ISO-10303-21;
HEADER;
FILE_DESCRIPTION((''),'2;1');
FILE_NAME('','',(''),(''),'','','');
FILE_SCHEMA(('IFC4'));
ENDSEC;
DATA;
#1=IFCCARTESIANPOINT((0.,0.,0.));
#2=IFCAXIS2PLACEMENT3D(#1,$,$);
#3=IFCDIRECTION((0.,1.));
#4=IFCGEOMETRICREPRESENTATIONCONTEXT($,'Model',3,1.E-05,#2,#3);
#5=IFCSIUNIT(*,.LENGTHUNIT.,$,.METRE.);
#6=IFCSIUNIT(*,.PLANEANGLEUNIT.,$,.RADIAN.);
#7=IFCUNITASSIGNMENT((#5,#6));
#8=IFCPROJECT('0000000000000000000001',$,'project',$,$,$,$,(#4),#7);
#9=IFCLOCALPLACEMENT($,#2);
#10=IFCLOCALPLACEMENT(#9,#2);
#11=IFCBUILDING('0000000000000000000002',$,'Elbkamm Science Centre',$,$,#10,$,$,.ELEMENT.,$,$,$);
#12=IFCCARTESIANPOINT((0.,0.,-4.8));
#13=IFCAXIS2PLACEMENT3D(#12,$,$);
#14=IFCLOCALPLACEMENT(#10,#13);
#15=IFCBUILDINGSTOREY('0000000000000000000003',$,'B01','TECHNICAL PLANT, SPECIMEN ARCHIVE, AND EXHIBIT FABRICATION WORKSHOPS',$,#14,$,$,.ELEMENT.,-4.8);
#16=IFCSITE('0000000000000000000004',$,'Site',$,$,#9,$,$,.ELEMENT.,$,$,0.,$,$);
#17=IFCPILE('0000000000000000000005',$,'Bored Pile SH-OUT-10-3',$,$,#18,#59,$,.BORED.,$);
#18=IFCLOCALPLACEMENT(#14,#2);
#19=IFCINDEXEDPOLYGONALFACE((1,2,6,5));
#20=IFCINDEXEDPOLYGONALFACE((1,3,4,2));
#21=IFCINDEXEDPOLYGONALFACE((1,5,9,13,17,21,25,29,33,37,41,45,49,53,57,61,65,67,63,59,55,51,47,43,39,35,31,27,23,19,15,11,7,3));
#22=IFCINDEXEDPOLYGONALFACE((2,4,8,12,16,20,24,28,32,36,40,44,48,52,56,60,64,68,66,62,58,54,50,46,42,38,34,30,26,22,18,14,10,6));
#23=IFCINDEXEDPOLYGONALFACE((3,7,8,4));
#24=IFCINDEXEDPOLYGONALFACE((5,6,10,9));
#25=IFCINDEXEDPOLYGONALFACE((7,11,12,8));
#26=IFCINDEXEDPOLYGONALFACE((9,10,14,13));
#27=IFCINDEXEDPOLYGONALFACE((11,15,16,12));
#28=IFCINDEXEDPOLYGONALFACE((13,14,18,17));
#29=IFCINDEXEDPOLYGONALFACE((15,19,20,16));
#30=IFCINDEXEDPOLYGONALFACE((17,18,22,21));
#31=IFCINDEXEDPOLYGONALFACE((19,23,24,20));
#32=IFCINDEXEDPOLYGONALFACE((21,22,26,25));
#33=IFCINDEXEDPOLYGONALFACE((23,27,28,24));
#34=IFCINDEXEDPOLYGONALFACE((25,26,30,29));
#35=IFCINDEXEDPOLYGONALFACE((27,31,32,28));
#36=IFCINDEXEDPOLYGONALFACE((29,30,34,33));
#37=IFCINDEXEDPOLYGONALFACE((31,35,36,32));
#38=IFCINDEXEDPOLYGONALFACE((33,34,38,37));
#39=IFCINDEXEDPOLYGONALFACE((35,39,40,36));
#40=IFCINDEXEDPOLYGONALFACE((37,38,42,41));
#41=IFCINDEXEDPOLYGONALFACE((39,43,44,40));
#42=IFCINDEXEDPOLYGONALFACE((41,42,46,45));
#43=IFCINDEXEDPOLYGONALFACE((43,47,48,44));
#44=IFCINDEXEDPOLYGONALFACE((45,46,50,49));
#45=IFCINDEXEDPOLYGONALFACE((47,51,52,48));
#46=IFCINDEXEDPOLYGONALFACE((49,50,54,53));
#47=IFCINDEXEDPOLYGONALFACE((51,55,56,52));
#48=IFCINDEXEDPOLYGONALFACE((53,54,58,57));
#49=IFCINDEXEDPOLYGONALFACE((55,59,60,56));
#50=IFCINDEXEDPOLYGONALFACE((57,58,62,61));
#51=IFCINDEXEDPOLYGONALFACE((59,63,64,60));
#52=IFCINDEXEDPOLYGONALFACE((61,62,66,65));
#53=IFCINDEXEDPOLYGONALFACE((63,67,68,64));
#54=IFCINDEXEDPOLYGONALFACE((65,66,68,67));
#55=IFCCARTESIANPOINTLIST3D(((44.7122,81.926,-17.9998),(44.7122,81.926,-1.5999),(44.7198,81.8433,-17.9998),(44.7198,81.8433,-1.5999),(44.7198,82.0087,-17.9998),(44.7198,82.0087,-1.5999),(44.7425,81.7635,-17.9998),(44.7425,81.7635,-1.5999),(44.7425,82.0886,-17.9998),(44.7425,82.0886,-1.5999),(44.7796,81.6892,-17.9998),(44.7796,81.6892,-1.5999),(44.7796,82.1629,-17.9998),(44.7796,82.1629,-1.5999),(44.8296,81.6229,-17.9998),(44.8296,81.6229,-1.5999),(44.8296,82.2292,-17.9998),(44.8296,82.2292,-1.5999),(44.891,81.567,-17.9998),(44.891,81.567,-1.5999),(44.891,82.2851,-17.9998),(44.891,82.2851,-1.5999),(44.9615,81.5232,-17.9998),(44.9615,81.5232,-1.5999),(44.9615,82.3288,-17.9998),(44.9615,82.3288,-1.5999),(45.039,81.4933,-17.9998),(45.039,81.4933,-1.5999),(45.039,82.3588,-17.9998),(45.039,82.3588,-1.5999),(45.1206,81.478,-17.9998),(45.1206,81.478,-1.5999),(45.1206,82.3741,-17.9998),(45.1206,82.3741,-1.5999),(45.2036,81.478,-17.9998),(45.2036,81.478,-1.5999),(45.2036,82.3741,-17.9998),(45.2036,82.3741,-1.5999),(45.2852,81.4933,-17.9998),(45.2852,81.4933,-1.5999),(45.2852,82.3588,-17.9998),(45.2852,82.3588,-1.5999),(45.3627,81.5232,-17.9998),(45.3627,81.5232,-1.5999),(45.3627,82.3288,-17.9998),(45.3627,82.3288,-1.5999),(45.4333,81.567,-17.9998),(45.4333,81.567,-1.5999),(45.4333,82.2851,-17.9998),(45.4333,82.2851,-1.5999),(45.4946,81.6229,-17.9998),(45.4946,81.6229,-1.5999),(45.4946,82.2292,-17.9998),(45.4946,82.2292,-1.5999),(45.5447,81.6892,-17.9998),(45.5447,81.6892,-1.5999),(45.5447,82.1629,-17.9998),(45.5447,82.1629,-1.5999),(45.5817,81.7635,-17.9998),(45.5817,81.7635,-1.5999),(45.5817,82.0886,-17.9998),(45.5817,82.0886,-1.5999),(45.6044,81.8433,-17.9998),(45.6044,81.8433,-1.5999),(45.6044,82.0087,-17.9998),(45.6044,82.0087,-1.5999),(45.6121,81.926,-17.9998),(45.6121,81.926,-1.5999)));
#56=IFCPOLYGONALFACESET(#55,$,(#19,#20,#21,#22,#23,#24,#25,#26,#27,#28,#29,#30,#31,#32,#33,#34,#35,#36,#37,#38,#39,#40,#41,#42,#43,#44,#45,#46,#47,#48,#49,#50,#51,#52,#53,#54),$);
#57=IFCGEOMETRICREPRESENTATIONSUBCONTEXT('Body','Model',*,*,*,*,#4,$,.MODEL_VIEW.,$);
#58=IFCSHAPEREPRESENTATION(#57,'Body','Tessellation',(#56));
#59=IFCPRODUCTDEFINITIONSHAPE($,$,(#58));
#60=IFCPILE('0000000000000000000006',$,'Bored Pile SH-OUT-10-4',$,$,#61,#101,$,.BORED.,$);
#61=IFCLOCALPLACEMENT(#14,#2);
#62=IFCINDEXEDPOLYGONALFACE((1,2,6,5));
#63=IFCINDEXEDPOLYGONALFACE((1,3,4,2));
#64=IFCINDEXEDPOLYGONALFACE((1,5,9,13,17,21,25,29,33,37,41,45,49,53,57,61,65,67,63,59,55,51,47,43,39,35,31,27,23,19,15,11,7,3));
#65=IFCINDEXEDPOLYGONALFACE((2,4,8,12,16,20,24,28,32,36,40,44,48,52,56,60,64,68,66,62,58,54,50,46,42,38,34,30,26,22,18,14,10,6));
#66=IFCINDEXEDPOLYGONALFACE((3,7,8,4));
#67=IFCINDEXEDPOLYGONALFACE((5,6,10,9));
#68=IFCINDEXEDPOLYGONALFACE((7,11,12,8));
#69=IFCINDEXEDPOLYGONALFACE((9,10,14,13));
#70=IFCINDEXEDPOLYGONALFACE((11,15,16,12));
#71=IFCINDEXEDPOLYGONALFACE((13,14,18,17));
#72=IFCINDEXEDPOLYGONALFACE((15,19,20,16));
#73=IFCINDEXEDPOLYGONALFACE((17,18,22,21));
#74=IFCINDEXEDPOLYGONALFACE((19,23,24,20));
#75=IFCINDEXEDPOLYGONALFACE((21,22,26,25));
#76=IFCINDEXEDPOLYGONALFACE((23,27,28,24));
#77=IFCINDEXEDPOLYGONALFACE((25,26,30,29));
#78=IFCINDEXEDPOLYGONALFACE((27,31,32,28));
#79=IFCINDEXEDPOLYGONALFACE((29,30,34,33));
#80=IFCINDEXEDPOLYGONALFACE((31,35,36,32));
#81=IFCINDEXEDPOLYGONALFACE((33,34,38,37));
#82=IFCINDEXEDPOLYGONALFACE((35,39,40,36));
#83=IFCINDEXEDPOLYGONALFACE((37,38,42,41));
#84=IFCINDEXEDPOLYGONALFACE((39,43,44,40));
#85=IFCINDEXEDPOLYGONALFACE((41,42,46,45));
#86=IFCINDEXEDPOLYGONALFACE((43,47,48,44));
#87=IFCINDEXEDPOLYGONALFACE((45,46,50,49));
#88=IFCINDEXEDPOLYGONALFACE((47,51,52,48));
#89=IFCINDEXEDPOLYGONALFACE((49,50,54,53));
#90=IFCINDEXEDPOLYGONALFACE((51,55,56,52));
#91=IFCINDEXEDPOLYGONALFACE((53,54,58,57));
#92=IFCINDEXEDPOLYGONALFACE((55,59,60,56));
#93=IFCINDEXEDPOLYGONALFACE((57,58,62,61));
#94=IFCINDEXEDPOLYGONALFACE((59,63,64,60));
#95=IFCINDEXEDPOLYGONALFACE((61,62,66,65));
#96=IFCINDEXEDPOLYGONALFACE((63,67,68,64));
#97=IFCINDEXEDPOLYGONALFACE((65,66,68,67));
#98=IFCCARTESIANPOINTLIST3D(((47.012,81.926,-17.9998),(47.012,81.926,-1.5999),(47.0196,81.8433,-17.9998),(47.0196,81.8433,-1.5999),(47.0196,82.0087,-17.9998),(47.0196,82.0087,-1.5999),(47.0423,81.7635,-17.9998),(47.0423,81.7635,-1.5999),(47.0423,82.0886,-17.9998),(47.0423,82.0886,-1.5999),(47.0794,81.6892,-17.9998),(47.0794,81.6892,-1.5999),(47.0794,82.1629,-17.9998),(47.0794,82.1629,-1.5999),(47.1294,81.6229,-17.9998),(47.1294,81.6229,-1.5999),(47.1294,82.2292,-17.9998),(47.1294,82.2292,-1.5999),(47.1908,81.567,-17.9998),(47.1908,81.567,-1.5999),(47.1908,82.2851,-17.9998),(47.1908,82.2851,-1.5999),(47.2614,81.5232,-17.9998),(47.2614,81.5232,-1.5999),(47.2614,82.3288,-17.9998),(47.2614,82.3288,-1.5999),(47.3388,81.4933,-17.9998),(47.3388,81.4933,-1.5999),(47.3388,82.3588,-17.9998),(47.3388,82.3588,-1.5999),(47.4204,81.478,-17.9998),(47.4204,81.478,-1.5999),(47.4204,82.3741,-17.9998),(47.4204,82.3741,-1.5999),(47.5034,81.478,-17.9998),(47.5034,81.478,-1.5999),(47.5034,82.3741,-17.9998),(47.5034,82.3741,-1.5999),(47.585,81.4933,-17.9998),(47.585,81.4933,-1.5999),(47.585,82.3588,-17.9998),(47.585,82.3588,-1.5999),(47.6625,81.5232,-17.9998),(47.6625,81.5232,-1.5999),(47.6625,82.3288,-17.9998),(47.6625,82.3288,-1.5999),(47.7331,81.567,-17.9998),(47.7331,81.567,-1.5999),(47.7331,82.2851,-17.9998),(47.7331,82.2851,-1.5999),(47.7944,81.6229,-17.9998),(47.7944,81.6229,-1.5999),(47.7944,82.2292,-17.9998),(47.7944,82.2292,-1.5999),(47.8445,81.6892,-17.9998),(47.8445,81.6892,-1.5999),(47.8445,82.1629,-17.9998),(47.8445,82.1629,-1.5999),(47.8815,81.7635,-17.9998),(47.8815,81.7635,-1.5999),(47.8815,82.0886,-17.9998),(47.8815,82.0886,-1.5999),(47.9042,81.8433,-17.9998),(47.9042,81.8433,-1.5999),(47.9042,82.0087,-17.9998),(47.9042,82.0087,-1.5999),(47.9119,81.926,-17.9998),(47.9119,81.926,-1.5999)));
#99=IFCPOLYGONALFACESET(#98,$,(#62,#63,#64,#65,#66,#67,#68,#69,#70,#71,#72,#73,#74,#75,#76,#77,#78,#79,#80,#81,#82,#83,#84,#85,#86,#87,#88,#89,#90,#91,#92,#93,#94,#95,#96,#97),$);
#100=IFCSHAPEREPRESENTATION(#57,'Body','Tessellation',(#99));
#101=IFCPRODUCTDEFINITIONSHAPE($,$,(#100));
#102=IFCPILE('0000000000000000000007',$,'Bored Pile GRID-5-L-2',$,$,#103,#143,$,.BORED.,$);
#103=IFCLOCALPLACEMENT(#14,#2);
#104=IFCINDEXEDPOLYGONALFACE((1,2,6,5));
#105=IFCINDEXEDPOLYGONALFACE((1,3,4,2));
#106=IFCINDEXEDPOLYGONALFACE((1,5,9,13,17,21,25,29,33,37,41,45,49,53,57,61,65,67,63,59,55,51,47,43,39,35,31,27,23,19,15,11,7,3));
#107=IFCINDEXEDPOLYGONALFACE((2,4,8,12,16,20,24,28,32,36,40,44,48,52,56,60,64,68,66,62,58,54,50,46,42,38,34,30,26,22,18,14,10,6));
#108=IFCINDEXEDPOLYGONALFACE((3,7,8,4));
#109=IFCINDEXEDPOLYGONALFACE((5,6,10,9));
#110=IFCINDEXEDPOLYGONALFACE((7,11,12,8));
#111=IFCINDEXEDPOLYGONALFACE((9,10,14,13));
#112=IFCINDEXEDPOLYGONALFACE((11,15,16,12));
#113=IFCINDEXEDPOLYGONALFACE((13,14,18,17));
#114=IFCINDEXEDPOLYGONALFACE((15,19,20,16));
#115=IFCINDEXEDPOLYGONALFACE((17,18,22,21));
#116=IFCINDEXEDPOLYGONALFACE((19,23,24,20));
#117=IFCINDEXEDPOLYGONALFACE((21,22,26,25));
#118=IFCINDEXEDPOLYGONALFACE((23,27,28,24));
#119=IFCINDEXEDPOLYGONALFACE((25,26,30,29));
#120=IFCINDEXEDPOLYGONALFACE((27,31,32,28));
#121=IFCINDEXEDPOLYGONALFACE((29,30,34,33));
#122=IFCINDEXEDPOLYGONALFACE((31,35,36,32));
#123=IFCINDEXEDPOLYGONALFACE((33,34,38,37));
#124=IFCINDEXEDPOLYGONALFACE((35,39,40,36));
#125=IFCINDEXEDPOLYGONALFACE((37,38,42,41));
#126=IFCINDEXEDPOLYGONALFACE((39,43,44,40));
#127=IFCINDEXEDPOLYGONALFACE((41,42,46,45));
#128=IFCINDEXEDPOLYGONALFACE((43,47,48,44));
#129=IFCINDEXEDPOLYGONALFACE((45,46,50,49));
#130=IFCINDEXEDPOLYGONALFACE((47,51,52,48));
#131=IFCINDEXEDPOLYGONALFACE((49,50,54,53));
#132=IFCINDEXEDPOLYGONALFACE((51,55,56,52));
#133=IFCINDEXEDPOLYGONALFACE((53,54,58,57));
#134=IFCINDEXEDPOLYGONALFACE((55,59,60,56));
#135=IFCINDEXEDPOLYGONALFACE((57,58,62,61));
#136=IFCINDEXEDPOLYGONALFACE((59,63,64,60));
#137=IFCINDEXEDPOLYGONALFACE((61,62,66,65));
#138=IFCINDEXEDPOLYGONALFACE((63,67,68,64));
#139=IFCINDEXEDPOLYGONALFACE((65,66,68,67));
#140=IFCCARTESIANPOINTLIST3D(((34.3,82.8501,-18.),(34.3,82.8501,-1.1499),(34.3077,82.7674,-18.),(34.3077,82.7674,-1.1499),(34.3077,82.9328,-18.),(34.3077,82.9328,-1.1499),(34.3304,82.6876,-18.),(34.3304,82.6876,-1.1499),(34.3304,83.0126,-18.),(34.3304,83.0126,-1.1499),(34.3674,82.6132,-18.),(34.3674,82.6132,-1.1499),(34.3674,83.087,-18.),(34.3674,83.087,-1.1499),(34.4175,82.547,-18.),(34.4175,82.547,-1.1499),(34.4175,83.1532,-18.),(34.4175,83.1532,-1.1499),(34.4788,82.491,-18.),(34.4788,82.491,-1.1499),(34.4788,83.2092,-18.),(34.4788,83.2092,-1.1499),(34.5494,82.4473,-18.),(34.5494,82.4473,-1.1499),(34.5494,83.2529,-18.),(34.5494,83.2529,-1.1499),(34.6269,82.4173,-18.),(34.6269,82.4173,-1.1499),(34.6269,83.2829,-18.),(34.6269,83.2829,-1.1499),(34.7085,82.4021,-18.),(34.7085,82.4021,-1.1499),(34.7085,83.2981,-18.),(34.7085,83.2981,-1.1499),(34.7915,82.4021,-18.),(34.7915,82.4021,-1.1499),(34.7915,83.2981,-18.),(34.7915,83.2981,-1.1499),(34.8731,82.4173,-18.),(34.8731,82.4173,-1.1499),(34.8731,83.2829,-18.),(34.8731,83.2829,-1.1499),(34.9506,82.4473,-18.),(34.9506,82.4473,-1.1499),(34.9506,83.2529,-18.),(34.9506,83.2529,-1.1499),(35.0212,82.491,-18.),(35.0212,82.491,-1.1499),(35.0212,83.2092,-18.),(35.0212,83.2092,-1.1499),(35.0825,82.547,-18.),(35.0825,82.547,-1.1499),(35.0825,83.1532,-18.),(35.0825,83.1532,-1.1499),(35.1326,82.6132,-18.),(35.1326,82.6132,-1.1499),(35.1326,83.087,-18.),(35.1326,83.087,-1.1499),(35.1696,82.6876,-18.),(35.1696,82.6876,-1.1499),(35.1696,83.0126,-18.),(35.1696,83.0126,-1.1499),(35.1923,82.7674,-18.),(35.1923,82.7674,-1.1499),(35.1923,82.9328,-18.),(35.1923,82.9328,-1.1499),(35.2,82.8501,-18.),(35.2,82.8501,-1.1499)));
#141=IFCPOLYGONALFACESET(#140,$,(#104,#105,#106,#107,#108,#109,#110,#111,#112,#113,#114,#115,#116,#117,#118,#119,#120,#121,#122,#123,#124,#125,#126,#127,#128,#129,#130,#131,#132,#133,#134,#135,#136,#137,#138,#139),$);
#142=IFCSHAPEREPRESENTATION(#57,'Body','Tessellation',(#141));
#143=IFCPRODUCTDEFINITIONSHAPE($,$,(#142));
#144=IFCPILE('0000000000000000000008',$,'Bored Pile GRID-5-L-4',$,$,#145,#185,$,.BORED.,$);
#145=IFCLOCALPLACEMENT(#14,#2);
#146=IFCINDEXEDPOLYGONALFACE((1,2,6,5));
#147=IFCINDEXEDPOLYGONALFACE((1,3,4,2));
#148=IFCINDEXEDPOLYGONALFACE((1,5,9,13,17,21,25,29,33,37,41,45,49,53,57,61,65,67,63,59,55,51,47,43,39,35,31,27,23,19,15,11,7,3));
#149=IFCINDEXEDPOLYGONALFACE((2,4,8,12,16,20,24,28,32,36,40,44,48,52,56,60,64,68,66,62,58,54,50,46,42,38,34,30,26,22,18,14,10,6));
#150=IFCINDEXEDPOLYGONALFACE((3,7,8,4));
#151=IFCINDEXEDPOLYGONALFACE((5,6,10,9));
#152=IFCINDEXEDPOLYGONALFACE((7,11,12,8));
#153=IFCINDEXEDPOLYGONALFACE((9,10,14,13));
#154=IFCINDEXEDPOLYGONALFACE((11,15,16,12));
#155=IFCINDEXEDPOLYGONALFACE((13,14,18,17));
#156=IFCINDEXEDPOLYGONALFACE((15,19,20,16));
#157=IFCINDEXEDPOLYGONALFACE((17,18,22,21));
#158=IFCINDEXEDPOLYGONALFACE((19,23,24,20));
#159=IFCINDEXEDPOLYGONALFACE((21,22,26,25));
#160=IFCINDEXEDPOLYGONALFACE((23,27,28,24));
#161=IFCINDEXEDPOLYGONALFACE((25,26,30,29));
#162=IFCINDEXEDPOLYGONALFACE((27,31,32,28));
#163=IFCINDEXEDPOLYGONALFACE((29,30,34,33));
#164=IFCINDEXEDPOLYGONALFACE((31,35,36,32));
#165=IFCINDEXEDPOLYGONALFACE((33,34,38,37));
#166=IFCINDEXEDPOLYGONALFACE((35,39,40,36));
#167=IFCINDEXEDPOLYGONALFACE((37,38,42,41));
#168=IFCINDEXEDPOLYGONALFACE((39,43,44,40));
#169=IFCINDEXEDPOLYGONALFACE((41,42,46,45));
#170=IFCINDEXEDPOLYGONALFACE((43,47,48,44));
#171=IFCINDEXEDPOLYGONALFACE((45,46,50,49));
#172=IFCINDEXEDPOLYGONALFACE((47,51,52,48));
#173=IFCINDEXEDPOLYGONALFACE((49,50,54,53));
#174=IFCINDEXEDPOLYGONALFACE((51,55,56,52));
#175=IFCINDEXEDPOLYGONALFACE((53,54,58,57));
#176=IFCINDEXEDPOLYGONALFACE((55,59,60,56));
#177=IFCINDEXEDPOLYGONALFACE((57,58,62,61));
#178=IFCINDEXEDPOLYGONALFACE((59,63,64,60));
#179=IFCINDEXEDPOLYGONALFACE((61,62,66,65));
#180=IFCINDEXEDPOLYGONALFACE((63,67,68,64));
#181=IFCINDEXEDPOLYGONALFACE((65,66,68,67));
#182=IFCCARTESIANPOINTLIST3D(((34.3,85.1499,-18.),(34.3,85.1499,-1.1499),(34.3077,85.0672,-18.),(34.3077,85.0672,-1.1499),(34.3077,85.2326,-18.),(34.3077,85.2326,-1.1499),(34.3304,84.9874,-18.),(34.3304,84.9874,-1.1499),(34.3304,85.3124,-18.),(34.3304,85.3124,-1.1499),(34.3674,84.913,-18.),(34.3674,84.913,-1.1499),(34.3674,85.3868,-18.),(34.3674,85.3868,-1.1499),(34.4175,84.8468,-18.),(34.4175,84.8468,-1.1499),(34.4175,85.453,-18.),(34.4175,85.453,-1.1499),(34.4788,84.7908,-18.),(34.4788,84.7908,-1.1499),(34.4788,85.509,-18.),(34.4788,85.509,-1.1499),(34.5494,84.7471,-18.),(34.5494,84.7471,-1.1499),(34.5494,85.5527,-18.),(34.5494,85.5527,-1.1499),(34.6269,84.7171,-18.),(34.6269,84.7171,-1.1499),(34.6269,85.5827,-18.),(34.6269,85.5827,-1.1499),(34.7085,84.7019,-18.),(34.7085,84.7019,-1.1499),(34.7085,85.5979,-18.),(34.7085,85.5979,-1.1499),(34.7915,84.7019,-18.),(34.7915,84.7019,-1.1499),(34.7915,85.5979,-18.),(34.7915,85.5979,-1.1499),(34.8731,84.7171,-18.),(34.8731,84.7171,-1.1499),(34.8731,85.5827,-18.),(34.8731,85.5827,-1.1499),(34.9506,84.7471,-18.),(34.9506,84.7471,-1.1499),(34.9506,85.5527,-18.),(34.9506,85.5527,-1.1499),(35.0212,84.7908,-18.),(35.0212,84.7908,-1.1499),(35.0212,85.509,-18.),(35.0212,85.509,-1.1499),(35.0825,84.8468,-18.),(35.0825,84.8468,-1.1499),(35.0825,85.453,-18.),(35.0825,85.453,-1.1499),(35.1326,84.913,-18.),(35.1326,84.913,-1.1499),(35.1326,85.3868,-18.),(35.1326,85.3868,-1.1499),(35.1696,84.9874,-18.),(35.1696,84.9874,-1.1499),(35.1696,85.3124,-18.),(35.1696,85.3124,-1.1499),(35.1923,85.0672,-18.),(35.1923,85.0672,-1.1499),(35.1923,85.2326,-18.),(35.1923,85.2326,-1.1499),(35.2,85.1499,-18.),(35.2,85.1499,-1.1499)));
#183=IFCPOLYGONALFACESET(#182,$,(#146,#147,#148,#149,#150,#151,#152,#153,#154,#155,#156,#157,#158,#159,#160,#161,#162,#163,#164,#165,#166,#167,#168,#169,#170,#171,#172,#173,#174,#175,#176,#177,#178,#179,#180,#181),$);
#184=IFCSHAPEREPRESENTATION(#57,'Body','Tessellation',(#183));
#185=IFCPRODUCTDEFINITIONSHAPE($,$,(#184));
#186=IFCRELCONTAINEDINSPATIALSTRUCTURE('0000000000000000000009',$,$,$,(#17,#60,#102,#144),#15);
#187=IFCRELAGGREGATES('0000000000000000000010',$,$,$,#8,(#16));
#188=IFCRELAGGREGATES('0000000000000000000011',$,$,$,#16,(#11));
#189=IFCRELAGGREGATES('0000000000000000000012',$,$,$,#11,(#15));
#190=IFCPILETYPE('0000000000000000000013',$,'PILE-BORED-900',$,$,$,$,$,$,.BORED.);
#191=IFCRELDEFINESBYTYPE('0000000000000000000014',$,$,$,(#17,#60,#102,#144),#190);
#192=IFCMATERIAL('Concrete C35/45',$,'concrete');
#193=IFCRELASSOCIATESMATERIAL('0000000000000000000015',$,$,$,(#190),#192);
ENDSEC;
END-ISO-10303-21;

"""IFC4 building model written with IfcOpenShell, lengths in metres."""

from ifc_helpers import new_model, si_unit, direction, frame, origin, origin_2d, place, context, subcontext, project, spatial, circle, extrude, material, material_profile, profile_set, type_object, element, save


model = new_model("IFC4")

# Units and contexts
model_context = context("Model", 3, precision=1e-05, world=origin(), true_north=direction((0.0, 1.0)))
body_context = subcontext(model_context, "Body", "Model", "MODEL_VIEW")
ifc_project = project(units=[si_unit("LENGTHUNIT", "METRE"), si_unit("PLANEANGLEUNIT", "RADIAN")], contexts=[model_context])

# Site, building, storey
site_placement = place(None, origin())
site = spatial("IfcSite", under=ifc_project, at=site_placement, Name="Site", CompositionType="ELEMENT", RefElevation=0.0)
building_placement = place(site_placement, origin())
building = spatial("IfcBuilding", under=site, at=building_placement, Name="Elbkamm Science Centre", CompositionType="ELEMENT")
storey_placement = place(building_placement, frame((0.0, 0.0, -4.8)))
storey = spatial("IfcBuildingStorey", under=building, at=storey_placement, Name="B01", Description="TECHNICAL PLANT, SPECIMEN ARCHIVE, AND EXHIBIT FABRICATION WORKSHOPS", CompositionType="ELEMENT", Elevation=-4.8)

# Shared definitions
ifc_material_1 = material(Name="Concrete C35/45", Category="concrete")

# Piles
ifc_material_profile_1 = material_profile(ifc_material_1, circle(Radius=0.45, at=origin_2d()), Name="PILE D900")
ifc_profile_set_1 = profile_set([ifc_material_profile_1], Name="Concrete C35/45")
pile_type = type_object("IfcPileType", Name="PILE-BORED-900", PredefinedType="BORED", material=ifc_profile_set_1)
for number, where, z_axis, x_axis, name in (
    (1, (45.1621, 81.926, -1.5999), (0.0, 0.0, -1.0), (1.0, 0.0, 0.0), "Bored Pile SH-OUT-10-3"),
    (2, (47.4619, 81.926, -1.5999), (0.0, 0.0, -1.0), (1.0, 0.0, 0.0), "Bored Pile SH-OUT-10-4"),
):
    element("IfcPile", number, at=place(storey_placement, frame(where, z_axis=z_axis, x_axis=x_axis)), inside=storey, type_object=pile_type, Name=name, PredefinedType="BORED", context=body_context, shape_type="SweptSolid", body=[
        extrude(circle(Radius=0.45, at=origin_2d()), origin(), (0.0, 0.0, 1.0), 16.3999),
    ])
for number, where, z_axis, x_axis, name in (
    (3, (34.75, 82.8501, -1.1499), (0.0, 0.0, -1.0), (1.0, 0.0, 0.0), "Bored Pile GRID-5-L-2"),
    (4, (34.75, 85.1499, -1.1499), (0.0, 0.0, -1.0), (1.0, 0.0, 0.0), "Bored Pile GRID-5-L-4"),
):
    element("IfcPile", number, at=place(storey_placement, frame(where, z_axis=z_axis, x_axis=x_axis)), inside=storey, type_object=pile_type, Name=name, PredefinedType="BORED", context=body_context, shape_type="SweptSolid", body=[
        extrude(circle(Radius=0.45, at=origin_2d()), origin(), (0.0, 0.0, 1.0), 16.8501),
    ])

save(model, "model.ifc")
